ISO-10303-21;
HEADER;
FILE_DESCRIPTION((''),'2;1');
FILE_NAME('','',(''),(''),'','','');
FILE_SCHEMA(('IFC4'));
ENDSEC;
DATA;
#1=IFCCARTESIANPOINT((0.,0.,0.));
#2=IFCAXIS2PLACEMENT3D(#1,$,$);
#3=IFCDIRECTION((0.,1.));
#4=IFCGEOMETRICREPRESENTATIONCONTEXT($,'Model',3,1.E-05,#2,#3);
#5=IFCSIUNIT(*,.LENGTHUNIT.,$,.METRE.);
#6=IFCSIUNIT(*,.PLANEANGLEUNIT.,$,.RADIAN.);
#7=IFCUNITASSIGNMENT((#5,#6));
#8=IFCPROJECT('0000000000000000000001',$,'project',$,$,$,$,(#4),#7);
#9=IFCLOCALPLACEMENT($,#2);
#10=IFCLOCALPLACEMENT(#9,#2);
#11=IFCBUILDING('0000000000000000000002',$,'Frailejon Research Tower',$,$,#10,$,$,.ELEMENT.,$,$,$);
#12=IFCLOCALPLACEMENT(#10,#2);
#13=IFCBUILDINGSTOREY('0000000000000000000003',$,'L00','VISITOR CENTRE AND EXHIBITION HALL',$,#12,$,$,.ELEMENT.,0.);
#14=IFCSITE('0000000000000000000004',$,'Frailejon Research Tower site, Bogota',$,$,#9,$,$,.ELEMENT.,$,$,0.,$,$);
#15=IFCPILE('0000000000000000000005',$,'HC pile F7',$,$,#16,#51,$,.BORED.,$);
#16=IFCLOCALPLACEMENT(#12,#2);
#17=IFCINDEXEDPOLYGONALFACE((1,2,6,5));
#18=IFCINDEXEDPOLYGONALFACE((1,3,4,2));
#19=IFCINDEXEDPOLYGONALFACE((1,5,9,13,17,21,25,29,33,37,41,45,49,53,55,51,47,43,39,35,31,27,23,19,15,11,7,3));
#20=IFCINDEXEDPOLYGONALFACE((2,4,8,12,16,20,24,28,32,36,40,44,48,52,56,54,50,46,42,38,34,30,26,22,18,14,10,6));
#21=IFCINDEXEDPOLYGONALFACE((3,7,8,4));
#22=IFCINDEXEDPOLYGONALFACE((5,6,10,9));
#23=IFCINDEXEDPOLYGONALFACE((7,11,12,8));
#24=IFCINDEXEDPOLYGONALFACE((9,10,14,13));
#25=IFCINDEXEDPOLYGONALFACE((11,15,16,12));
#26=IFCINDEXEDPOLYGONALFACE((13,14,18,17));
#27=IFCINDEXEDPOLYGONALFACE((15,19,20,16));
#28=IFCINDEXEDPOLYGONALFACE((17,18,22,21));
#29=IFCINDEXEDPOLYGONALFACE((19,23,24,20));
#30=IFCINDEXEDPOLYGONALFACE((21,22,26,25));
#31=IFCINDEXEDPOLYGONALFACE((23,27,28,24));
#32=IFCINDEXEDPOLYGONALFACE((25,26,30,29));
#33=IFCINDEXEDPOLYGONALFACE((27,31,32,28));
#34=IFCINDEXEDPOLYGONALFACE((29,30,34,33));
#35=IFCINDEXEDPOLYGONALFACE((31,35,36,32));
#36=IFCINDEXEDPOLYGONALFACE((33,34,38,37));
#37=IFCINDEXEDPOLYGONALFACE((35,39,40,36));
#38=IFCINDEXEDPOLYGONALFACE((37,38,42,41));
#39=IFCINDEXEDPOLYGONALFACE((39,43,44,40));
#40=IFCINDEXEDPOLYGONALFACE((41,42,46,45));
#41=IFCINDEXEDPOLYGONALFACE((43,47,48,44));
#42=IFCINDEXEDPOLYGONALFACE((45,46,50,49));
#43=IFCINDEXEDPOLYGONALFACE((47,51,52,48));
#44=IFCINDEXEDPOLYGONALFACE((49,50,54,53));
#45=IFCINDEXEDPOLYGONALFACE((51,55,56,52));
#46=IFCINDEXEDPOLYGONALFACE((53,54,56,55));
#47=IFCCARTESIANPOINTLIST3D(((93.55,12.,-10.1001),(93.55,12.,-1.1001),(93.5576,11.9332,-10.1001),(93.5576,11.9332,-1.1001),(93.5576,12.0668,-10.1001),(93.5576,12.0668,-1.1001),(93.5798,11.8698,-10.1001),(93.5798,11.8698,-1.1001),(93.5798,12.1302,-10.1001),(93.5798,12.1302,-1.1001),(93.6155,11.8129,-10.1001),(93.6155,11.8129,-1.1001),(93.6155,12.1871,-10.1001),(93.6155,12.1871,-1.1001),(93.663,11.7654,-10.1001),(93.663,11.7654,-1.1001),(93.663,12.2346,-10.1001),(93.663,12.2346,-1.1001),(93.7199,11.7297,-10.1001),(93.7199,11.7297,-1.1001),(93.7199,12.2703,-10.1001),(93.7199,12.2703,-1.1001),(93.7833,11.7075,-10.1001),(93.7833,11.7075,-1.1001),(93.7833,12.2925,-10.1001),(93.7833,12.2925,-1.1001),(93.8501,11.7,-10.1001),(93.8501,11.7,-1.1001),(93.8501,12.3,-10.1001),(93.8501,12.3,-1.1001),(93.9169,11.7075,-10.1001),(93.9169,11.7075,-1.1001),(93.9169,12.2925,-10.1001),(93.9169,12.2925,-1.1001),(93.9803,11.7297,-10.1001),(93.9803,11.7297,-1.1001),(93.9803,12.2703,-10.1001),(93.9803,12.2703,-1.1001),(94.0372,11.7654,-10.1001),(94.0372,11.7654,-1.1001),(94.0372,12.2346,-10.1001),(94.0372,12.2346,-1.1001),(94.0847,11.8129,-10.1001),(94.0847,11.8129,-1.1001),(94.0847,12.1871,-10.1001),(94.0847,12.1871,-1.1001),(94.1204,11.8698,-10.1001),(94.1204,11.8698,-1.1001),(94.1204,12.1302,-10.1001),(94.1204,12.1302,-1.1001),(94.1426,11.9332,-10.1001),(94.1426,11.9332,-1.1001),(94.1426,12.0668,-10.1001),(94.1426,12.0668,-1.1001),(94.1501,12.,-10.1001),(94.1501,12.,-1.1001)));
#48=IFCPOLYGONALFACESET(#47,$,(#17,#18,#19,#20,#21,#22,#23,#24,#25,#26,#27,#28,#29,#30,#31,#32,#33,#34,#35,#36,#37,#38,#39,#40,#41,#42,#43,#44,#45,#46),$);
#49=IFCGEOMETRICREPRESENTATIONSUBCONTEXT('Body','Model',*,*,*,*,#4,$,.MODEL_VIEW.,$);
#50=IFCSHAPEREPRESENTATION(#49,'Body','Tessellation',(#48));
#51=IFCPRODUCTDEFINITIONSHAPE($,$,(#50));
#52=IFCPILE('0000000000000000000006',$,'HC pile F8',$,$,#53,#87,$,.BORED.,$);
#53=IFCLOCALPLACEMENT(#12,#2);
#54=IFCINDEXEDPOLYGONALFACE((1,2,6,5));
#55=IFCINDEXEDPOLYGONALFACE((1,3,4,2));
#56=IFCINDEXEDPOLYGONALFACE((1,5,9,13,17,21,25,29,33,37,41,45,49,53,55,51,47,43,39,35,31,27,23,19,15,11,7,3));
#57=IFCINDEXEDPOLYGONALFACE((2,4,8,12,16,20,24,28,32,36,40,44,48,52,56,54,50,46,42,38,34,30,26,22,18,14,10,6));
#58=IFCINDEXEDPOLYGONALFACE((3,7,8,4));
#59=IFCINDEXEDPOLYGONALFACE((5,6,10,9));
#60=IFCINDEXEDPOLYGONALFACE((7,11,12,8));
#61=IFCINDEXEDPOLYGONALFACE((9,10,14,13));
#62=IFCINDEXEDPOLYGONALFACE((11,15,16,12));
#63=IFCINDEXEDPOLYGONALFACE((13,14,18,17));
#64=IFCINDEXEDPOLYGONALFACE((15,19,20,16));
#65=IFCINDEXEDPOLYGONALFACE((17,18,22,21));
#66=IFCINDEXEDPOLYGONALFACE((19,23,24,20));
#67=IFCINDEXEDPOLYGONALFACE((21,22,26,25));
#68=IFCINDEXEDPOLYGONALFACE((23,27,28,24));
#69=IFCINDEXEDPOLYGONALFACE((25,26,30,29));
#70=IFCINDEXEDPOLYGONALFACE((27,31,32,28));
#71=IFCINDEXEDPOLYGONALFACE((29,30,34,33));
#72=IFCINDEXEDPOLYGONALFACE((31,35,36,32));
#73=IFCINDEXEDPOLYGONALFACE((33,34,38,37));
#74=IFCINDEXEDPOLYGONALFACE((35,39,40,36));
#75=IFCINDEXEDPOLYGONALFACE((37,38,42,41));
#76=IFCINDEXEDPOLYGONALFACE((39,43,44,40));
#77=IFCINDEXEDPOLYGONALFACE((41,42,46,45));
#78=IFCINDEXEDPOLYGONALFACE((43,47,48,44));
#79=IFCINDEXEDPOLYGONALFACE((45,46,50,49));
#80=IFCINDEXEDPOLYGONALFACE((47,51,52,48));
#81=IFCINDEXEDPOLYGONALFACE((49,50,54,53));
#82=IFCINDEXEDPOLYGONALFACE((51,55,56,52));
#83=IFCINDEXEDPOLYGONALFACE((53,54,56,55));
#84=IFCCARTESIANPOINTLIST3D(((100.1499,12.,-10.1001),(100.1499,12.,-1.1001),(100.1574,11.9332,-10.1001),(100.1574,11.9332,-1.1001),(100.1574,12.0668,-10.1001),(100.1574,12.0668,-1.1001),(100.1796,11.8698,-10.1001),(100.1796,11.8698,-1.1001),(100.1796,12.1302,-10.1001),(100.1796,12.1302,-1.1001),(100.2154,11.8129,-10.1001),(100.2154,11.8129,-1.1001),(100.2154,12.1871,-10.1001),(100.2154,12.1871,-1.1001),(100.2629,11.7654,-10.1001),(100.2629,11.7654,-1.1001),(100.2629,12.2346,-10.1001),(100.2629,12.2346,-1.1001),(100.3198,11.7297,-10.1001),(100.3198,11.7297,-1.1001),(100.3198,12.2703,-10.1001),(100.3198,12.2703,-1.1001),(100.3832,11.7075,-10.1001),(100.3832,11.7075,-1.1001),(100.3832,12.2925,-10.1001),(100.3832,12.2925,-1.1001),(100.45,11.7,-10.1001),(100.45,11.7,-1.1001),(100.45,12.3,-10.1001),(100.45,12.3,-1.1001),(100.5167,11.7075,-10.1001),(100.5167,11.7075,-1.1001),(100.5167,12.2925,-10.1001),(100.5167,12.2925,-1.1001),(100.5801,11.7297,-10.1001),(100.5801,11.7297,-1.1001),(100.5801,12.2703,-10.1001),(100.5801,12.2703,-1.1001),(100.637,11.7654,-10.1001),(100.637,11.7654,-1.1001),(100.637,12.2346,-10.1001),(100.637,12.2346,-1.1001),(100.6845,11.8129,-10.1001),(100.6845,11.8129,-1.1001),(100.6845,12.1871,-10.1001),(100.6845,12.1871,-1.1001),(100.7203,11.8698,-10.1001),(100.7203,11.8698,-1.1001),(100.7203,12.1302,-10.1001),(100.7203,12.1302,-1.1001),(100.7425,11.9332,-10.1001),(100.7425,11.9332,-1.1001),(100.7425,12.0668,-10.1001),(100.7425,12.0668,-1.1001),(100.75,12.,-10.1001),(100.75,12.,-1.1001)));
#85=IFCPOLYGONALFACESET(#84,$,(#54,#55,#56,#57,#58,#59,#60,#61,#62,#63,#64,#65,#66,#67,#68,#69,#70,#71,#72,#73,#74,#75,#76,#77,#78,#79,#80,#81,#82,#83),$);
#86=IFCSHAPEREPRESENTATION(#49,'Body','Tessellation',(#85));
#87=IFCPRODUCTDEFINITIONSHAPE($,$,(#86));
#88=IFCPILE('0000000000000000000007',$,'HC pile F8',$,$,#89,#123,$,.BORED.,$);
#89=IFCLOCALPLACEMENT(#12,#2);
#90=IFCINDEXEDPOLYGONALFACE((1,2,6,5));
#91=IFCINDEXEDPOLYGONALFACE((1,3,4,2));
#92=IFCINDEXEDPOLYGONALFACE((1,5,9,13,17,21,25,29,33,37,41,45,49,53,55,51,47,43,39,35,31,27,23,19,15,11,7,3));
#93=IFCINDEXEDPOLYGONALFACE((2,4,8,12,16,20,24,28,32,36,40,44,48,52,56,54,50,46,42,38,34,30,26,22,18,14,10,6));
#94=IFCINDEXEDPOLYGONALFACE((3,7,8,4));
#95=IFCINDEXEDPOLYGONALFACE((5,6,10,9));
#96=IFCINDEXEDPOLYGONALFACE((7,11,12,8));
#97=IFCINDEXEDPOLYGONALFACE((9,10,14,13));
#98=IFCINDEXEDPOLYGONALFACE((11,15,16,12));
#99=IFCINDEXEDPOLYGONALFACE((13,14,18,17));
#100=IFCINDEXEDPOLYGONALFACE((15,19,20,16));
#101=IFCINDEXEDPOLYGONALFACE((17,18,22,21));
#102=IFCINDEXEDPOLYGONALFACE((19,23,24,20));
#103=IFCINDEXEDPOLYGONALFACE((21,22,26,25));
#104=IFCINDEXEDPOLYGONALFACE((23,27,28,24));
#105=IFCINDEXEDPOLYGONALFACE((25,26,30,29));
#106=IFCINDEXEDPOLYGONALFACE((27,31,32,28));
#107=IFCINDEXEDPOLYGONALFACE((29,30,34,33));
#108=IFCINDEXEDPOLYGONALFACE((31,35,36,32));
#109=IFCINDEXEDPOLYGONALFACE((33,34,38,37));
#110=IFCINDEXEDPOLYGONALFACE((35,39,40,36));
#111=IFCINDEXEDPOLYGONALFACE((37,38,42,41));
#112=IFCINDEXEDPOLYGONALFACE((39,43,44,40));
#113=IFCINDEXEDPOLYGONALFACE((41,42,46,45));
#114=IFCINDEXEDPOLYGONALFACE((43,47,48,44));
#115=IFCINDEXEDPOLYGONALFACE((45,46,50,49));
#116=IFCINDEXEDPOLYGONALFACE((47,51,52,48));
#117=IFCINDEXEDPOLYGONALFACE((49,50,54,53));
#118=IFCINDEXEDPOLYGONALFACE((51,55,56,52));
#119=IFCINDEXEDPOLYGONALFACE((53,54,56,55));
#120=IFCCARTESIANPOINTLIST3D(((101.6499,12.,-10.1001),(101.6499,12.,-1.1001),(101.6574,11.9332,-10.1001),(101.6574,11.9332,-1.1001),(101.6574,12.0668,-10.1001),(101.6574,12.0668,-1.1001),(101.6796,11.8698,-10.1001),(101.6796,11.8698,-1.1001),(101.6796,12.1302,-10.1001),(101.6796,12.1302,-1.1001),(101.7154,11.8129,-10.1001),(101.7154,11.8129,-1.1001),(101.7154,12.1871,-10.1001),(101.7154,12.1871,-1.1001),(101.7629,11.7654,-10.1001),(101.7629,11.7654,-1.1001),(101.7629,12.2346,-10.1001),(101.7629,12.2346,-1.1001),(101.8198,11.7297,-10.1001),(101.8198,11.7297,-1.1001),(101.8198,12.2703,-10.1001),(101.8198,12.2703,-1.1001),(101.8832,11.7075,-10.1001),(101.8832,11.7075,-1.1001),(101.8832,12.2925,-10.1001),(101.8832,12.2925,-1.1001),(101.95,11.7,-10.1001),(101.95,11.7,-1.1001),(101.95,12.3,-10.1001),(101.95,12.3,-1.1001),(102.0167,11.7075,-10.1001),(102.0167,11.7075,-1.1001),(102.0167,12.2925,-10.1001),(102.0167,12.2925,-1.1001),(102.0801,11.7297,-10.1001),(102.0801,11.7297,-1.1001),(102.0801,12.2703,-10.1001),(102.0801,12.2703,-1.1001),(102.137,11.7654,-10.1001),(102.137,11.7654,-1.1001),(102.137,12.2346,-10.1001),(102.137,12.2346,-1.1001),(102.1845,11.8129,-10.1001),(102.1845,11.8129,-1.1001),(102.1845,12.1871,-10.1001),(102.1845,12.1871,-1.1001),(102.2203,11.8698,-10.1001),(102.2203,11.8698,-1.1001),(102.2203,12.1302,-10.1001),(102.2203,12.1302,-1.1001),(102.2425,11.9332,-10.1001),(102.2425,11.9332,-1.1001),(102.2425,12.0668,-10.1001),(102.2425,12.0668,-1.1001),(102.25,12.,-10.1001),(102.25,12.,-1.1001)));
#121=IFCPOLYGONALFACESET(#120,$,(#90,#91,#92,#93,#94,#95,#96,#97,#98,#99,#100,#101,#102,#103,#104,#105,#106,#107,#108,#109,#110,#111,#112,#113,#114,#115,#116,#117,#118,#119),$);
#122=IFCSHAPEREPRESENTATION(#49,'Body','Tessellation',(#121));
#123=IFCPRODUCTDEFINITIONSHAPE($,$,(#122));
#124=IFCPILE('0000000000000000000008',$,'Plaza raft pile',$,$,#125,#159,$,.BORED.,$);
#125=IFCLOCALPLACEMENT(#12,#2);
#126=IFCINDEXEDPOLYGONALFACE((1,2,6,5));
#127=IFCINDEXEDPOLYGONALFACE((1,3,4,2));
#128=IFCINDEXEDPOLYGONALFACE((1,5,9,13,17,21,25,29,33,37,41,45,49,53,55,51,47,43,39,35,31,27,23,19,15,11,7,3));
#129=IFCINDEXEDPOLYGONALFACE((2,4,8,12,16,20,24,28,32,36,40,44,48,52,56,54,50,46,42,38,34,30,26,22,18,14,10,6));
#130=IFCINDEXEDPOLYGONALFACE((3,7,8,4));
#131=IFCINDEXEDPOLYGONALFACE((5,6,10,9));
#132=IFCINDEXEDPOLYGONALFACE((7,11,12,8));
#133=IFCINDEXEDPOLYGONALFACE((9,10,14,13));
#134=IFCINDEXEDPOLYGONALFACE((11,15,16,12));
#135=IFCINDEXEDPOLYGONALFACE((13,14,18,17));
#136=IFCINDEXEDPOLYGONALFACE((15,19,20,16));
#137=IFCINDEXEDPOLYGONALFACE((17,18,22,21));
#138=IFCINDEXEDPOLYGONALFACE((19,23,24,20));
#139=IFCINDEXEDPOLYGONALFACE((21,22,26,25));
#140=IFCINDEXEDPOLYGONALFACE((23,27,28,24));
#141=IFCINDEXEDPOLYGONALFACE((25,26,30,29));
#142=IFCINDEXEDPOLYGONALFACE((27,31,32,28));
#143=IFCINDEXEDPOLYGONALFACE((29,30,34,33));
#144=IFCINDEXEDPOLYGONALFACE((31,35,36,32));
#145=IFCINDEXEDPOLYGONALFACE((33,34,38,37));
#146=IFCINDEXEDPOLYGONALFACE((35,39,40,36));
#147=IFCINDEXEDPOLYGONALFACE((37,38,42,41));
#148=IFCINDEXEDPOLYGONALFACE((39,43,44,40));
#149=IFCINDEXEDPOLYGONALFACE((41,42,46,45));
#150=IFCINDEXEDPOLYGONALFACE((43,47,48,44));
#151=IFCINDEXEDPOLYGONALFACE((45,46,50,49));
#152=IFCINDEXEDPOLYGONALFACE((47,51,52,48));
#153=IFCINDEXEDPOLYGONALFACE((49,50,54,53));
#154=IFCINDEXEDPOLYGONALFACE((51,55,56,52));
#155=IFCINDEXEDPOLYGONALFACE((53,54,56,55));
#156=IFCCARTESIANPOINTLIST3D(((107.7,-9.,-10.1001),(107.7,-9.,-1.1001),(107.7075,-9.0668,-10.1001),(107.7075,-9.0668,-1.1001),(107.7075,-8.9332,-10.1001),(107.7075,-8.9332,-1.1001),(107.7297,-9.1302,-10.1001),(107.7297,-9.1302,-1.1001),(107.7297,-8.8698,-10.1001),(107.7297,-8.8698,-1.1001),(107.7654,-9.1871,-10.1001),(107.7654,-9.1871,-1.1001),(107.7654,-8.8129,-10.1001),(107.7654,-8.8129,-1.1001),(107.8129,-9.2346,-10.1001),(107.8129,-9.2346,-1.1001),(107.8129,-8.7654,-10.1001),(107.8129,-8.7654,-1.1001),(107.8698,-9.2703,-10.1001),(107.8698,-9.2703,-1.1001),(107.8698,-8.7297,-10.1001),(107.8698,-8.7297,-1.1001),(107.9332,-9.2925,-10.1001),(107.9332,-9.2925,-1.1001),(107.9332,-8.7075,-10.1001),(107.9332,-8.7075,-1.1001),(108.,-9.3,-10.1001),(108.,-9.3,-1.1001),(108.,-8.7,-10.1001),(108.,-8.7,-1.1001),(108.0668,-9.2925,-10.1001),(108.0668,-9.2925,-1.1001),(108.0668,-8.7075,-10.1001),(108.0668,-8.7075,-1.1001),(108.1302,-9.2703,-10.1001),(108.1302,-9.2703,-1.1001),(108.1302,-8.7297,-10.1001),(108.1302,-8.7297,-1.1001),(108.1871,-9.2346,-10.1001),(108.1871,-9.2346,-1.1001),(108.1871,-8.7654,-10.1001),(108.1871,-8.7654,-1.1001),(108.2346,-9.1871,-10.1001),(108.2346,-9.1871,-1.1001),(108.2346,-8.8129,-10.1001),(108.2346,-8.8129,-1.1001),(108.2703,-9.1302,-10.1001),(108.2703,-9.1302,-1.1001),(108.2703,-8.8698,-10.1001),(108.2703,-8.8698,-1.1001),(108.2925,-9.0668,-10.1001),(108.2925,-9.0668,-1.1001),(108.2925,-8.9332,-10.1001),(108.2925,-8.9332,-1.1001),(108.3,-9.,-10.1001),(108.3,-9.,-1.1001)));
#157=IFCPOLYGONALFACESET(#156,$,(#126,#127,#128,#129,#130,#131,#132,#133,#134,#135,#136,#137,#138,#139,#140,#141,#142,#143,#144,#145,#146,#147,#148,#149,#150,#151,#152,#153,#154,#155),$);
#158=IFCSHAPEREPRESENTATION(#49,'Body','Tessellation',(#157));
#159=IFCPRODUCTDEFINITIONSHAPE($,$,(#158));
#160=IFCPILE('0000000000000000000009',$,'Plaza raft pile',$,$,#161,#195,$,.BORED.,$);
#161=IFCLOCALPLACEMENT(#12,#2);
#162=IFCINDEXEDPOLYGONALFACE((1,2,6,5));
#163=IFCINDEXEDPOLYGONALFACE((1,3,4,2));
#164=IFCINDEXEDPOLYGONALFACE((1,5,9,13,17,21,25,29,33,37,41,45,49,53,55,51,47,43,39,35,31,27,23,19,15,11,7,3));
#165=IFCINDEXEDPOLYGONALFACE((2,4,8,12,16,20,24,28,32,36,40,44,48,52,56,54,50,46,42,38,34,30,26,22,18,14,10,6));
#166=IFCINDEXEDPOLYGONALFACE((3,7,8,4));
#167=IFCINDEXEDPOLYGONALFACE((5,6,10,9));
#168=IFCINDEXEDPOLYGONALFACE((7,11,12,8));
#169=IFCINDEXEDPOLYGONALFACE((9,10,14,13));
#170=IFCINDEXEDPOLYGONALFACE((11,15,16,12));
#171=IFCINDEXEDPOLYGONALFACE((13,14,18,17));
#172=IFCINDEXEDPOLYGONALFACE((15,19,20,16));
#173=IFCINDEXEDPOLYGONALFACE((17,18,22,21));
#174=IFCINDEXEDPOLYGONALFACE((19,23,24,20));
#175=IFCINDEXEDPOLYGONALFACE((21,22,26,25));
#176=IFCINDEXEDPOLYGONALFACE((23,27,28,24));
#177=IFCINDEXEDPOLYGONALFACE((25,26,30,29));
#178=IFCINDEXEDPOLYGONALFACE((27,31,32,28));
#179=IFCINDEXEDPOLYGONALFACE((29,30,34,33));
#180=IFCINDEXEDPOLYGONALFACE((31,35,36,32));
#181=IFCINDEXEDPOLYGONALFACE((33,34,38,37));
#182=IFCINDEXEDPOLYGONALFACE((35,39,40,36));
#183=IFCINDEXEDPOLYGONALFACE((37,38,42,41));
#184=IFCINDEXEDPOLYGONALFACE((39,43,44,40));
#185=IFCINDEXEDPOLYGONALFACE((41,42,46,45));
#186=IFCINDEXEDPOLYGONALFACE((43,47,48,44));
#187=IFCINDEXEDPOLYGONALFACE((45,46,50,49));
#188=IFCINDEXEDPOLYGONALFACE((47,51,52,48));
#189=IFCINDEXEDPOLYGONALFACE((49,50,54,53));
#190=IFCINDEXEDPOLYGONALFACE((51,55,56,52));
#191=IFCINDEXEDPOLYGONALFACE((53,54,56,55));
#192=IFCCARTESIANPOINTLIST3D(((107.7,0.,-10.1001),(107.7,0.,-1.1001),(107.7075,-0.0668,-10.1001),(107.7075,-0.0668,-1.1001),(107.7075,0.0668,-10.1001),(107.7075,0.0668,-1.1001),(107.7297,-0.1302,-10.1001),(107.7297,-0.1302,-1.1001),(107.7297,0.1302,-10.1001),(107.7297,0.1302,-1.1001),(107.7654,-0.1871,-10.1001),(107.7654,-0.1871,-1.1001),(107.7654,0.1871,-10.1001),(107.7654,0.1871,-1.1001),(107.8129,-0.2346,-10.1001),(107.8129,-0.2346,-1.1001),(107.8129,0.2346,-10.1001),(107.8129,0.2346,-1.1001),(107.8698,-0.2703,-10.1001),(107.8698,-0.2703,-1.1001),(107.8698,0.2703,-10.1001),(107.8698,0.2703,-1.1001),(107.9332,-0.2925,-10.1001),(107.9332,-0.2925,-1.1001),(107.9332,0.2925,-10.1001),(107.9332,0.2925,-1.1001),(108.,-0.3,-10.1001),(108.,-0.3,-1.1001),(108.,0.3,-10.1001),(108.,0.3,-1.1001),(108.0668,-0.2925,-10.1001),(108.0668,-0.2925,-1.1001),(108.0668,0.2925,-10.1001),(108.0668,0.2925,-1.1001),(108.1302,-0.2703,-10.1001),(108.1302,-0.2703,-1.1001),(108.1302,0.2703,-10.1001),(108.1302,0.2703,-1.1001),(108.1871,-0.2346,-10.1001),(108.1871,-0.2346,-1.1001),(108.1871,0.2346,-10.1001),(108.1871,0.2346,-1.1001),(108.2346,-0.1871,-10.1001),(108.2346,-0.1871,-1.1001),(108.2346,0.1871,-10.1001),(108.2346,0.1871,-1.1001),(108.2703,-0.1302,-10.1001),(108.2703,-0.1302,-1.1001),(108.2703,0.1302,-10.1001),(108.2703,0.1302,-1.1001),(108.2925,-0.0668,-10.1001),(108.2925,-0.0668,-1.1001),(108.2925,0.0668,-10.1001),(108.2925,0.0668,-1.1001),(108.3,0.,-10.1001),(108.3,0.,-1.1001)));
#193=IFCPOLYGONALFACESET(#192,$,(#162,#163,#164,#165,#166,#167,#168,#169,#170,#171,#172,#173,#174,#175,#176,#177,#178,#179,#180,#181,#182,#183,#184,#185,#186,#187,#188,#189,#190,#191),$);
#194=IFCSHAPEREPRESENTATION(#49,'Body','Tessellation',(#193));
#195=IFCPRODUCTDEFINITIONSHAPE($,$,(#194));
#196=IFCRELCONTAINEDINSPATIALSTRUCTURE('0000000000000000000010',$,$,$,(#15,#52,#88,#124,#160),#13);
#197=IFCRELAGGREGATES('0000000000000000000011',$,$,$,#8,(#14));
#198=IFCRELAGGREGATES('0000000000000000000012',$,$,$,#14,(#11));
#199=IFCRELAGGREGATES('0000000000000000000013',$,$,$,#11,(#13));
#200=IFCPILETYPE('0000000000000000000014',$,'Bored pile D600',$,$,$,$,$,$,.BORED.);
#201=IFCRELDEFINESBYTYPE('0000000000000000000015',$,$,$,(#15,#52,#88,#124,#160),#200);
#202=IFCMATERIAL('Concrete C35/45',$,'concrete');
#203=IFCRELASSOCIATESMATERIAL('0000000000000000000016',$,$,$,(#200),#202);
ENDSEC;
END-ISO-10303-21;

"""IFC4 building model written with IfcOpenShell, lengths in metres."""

from ifc_helpers import new_model, si_unit, direction, frame, origin, origin_2d, place, context, subcontext, project, spatial, circle, extrude, material, material_profile, profile_set, type_object, element, save


model = new_model("IFC4")

# Units and contexts
model_context = context("Model", 3, precision=1e-05, world=origin(), true_north=direction((0.0, 1.0)))
body_context = subcontext(model_context, "Body", "Model", "MODEL_VIEW")
ifc_project = project(units=[si_unit("LENGTHUNIT", "METRE"), si_unit("PLANEANGLEUNIT", "RADIAN")], contexts=[model_context])

# Site, building, storey
site_placement = place(None, origin())
site = spatial("IfcSite", under=ifc_project, at=site_placement, Name="Frailejon Research Tower site, Bogota", CompositionType="ELEMENT", RefElevation=0.0)
building_placement = place(site_placement, origin())
building = spatial("IfcBuilding", under=site, at=building_placement, Name="Frailejon Research Tower", CompositionType="ELEMENT")
storey_placement = place(building_placement, origin())
storey = spatial("IfcBuildingStorey", under=building, at=storey_placement, Name="L00", Description="VISITOR CENTRE AND EXHIBITION HALL", CompositionType="ELEMENT", Elevation=0.0)

# Piles
ifc_material_1 = material(Name="Concrete C35/45", Category="concrete")
ifc_material_profile_1 = material_profile(ifc_material_1, circle(Radius=0.3, at=origin_2d()), Name="Bored pile D600")
ifc_profile_set_1 = profile_set([ifc_material_profile_1], Name="Concrete C35/45")
pile_type = type_object("IfcPileType", Name="Bored pile D600", PredefinedType="BORED", material=ifc_profile_set_1)
for number, where, z_axis, x_axis, name in (
    (1, (93.8501, 12.0, -1.1001), (0.0, 0.0, -1.0), (1.0, 0.0, 0.0), "HC pile F7"),
    (2, (100.45, 12.0, -1.1001), (0.0, 0.0, -1.0), (1.0, 0.0, 0.0), "HC pile F8"),
    (3, (101.95, 12.0, -1.1001), (0.0, 0.0, -1.0), (1.0, 0.0, 0.0), "HC pile F8"),
    (4, (108.0, -9.0, -1.1001), (0.0, 0.0, -1.0), (1.0, 0.0, 0.0), "Plaza raft pile"),
    (5, (108.0, 0.0, -1.1001), (0.0, 0.0, -1.0), (1.0, 0.0, 0.0), "Plaza raft pile"),
):
    element("IfcPile", number, at=place(storey_placement, frame(where, z_axis=z_axis, x_axis=x_axis)), inside=storey, type_object=pile_type, Name=name, PredefinedType="BORED", context=body_context, shape_type="SweptSolid", body=[
        extrude(circle(Radius=0.3, at=origin_2d()), origin(), (0.0, 0.0, 1.0), 9.0),
    ])

save(model, "model.ifc")
